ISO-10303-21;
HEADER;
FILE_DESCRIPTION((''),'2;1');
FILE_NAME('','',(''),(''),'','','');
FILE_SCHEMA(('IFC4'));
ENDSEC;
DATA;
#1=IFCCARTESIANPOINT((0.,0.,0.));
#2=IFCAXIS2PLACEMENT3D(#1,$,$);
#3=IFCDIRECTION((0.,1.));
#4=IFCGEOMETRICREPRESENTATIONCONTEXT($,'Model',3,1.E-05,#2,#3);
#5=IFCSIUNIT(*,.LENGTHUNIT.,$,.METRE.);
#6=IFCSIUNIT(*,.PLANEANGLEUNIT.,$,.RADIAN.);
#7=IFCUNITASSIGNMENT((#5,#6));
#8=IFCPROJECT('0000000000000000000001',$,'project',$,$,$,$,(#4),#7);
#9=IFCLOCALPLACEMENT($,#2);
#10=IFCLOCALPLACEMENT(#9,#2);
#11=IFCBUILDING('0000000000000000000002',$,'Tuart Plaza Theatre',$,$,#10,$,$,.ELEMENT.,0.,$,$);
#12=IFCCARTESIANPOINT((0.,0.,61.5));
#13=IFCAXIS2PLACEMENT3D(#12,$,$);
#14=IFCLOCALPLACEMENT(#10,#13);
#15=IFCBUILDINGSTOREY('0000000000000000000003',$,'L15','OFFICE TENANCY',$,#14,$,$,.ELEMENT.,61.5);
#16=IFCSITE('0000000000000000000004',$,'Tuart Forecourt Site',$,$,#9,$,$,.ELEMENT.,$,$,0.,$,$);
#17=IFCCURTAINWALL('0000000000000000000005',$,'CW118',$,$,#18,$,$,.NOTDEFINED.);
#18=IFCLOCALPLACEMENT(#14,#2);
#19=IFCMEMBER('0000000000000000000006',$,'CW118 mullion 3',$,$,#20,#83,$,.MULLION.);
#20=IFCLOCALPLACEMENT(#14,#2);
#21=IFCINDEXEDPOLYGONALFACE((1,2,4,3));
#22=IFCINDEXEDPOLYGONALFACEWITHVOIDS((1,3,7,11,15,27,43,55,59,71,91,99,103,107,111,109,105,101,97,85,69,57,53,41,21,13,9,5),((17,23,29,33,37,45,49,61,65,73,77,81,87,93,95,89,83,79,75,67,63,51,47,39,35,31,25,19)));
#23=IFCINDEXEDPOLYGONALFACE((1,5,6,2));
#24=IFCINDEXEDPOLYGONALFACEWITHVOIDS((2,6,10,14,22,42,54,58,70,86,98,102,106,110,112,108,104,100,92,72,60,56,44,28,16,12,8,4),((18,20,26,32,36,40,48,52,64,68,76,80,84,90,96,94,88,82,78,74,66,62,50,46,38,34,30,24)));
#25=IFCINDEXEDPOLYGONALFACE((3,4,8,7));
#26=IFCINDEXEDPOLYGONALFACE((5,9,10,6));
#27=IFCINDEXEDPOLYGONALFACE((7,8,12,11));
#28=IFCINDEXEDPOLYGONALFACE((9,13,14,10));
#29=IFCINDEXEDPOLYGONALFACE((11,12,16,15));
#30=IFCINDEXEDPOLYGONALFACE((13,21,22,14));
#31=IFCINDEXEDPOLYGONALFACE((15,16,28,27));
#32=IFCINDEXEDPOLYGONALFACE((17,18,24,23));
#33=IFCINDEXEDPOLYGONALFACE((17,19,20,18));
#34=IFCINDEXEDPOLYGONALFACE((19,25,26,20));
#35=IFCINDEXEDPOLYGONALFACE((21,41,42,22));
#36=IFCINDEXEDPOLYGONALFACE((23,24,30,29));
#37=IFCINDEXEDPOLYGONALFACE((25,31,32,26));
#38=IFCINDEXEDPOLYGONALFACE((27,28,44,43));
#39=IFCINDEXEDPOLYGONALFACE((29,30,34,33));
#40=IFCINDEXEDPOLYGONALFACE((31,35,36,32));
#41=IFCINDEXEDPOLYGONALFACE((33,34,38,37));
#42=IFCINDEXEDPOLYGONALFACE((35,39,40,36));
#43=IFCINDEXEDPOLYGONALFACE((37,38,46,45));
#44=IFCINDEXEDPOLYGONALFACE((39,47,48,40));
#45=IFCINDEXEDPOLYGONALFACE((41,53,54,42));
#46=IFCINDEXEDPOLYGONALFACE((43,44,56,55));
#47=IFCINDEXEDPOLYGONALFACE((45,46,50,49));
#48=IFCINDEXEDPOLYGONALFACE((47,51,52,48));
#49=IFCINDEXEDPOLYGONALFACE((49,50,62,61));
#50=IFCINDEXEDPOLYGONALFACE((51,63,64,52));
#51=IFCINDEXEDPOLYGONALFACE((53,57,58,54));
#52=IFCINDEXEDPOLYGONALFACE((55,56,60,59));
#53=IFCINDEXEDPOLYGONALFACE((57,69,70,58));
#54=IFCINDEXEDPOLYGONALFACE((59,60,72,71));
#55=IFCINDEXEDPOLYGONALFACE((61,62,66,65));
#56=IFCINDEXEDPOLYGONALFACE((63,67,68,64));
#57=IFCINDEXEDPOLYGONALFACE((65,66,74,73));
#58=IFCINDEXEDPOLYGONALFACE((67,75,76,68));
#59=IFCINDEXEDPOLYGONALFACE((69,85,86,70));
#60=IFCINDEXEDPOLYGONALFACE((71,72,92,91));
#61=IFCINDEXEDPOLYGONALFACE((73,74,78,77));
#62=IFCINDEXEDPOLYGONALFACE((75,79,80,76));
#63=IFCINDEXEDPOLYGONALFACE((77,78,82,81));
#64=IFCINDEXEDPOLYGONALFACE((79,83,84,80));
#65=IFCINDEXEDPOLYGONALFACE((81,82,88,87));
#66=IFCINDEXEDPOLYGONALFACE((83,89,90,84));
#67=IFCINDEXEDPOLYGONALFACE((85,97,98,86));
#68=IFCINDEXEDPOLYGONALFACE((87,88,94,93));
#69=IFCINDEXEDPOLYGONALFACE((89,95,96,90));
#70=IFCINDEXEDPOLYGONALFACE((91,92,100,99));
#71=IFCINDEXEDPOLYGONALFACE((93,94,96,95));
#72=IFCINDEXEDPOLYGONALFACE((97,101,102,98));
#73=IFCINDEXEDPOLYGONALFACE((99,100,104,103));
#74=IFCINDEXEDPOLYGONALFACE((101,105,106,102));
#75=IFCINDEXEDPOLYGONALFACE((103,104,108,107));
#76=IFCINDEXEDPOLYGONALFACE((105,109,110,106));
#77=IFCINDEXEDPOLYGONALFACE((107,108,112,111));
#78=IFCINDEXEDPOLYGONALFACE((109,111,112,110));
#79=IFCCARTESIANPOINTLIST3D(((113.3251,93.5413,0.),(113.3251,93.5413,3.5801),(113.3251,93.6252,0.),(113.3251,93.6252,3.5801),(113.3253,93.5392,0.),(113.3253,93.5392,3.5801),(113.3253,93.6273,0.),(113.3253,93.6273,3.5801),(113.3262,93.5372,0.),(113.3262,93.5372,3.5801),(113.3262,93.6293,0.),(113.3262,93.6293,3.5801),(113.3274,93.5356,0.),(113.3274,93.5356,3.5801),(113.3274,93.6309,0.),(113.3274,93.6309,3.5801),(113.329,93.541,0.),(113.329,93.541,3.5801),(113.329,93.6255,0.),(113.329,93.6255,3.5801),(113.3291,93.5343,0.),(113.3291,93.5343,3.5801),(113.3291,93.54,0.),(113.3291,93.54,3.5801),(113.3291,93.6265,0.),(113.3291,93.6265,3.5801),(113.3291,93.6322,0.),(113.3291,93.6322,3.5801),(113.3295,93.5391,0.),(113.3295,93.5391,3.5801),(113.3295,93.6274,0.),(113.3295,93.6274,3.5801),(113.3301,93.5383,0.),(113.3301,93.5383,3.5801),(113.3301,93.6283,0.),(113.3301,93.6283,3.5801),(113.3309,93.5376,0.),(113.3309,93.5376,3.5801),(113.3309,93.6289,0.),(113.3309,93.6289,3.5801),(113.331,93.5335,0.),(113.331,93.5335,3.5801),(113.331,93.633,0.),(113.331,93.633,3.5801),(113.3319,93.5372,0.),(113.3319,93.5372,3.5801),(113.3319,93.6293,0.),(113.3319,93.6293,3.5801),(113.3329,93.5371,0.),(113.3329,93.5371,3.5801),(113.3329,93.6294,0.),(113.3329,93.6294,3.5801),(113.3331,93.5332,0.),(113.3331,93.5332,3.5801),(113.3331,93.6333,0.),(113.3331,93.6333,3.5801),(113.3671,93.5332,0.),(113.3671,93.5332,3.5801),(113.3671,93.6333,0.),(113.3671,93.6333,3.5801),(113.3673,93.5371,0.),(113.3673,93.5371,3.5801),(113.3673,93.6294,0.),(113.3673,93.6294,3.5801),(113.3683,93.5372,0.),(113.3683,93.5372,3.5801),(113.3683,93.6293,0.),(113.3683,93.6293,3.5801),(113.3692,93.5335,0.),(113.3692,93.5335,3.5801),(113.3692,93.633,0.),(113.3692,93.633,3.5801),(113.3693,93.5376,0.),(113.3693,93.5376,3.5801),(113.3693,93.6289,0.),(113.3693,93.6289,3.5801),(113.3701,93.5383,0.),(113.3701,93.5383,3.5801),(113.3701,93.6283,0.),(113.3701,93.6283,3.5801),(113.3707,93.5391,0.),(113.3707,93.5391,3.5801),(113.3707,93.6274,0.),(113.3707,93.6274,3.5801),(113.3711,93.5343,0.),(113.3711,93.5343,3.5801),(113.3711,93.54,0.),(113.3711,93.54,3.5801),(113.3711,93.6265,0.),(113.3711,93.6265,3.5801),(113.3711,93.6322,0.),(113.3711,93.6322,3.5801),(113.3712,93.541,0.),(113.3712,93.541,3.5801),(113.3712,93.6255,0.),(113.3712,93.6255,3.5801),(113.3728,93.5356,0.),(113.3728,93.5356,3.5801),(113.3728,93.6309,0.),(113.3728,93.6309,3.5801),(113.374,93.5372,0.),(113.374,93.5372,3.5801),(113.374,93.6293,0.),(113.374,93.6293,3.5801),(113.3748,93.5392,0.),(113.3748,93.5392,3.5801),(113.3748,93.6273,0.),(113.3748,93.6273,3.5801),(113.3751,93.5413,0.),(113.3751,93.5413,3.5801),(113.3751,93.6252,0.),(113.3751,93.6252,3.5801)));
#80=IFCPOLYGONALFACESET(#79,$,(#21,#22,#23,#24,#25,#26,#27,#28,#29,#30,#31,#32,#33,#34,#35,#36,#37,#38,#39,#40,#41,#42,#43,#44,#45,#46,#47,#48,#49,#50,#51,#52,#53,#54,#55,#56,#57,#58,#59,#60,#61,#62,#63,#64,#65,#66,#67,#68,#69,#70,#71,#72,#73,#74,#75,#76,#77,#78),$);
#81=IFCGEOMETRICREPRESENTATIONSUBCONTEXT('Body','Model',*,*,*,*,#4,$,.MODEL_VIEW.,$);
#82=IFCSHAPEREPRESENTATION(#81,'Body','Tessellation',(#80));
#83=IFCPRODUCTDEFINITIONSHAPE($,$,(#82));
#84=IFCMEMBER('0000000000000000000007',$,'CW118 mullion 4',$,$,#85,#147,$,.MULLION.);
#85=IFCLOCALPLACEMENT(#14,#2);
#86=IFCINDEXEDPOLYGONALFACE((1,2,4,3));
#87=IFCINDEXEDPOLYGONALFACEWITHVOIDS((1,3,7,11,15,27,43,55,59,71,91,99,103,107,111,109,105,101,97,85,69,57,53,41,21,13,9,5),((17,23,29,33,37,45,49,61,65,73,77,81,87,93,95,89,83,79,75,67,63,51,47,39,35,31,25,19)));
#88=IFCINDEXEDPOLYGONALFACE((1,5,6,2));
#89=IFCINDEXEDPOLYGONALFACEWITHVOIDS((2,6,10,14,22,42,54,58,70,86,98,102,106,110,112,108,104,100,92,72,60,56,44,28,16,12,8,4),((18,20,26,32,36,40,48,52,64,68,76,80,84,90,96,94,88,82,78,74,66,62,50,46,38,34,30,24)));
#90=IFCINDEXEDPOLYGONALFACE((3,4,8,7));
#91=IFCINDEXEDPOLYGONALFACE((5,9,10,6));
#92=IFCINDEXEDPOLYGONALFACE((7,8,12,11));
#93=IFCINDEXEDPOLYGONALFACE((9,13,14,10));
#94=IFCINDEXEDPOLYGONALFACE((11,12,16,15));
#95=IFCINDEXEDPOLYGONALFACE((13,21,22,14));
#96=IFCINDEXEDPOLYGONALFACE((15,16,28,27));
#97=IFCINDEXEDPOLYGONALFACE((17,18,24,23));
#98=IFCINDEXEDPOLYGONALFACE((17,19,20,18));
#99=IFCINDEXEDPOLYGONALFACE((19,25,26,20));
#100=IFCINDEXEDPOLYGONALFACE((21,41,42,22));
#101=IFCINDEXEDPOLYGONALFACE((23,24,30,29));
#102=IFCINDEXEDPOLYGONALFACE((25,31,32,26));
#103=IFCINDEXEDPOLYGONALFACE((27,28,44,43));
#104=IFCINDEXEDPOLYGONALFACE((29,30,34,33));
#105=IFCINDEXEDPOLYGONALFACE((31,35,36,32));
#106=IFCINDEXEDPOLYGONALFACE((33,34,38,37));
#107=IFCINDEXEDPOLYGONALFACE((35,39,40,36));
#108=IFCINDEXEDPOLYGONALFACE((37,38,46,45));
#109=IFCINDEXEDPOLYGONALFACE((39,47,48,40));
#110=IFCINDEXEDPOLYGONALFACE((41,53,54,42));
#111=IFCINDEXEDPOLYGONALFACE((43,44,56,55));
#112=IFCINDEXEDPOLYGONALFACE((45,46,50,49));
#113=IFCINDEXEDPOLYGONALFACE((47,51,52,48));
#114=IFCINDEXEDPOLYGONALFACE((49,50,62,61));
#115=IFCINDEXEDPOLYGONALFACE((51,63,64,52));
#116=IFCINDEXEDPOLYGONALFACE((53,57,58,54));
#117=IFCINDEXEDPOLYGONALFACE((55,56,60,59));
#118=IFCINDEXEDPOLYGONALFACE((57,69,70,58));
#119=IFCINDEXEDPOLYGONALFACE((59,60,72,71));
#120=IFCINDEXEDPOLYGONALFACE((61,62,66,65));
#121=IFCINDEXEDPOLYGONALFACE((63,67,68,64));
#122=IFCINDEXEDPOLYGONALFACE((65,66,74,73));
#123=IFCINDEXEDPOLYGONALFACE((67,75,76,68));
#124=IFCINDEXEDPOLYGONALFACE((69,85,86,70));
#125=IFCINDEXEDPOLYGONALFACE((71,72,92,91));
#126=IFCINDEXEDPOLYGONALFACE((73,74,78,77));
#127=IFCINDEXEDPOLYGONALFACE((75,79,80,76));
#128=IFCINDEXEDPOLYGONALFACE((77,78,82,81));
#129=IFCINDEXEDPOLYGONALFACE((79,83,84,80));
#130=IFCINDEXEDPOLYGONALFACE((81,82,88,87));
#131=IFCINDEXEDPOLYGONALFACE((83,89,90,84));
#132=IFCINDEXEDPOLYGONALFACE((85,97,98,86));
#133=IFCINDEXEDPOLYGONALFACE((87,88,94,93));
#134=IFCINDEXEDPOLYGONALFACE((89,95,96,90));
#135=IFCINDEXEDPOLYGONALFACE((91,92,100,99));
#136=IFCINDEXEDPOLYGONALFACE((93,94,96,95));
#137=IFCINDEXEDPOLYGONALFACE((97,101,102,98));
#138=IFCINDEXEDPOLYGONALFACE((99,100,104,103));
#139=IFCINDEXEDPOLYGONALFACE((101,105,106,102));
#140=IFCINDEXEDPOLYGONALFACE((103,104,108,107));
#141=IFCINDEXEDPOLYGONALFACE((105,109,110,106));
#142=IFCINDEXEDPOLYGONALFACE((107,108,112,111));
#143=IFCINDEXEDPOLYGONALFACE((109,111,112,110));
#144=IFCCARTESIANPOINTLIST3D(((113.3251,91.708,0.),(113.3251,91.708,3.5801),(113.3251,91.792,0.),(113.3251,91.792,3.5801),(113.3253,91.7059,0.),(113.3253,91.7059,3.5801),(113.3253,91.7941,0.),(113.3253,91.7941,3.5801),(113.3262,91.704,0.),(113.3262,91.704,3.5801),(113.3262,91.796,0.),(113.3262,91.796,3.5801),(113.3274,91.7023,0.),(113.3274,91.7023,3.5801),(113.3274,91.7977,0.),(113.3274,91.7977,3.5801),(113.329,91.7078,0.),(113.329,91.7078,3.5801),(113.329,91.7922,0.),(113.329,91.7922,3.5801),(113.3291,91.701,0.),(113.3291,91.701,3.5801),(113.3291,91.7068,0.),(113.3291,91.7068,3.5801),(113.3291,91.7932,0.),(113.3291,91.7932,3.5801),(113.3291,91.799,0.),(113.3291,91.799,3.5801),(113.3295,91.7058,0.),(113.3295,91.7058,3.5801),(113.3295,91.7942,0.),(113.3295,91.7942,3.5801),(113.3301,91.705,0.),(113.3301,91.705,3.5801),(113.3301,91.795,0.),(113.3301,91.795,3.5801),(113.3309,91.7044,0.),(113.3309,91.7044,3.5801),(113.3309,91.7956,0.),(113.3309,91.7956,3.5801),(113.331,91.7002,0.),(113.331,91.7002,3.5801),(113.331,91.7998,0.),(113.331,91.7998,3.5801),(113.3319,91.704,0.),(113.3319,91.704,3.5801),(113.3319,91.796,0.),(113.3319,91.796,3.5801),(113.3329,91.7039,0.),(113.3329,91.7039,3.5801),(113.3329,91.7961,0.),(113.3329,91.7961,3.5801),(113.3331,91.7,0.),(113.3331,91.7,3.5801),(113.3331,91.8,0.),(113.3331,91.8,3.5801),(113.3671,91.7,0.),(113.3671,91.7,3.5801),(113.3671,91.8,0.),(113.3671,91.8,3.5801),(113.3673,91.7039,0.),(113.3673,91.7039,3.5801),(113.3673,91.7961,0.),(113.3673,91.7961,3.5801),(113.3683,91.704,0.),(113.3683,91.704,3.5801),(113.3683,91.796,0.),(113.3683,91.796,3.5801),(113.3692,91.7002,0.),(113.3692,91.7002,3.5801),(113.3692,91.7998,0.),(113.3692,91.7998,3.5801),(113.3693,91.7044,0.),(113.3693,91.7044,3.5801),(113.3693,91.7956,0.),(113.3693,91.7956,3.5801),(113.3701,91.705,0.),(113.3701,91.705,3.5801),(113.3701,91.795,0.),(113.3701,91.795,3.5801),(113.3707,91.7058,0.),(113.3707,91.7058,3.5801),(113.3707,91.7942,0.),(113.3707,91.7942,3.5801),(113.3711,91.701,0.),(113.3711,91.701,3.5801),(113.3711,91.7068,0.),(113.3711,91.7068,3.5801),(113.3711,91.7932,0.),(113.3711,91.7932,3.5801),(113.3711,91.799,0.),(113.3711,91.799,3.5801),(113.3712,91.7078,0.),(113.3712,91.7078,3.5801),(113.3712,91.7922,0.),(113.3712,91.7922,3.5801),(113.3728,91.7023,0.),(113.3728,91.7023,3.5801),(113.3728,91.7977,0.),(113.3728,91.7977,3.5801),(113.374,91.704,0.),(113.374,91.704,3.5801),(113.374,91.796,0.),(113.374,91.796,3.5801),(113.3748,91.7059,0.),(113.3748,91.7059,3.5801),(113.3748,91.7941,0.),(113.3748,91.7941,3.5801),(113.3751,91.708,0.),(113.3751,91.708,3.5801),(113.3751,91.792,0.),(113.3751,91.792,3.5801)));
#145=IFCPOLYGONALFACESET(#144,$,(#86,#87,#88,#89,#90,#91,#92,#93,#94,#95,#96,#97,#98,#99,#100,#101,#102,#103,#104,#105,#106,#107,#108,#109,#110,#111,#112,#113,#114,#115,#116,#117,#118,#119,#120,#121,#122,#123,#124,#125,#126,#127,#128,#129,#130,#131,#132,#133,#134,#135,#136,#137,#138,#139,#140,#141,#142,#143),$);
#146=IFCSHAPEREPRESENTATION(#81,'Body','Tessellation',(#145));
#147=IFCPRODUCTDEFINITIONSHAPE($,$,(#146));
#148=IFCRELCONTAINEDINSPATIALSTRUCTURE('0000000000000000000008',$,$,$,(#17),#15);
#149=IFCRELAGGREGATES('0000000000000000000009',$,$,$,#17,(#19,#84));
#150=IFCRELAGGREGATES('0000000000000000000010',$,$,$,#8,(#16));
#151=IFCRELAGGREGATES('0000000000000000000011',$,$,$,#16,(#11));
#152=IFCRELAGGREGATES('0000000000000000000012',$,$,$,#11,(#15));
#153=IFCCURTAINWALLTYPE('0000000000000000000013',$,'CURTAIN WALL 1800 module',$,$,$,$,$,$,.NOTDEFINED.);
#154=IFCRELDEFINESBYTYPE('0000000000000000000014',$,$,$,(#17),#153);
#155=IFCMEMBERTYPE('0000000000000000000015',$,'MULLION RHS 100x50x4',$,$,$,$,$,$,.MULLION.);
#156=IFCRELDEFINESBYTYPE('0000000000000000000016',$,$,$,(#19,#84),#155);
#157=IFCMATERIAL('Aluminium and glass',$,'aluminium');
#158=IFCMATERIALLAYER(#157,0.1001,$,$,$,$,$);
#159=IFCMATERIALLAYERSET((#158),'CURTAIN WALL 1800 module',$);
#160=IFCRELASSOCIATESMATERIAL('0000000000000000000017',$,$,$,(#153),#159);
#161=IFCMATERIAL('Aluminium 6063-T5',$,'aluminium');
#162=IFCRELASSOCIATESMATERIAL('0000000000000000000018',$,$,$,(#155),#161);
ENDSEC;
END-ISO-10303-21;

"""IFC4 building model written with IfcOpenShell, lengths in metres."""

from ifc_helpers import new_model, si_unit, direction, frame, origin, origin_2d, place, context, subcontext, project, spatial, hollow_rectangle, extrude, material, layer, layer_set, material_profile, profile_set, type_object, element, aggregate, save


model = new_model("IFC4")

# Units and contexts
model_context = context("Model", 3, precision=1e-05, world=origin(), true_north=direction((0.0, 1.0)))
body_context = subcontext(model_context, "Body", "Model", "MODEL_VIEW")
ifc_project = project(units=[si_unit("LENGTHUNIT", "METRE"), si_unit("PLANEANGLEUNIT", "RADIAN")], contexts=[model_context])

# Site, building, storey
site_placement = place(None, origin())
site = spatial("IfcSite", under=ifc_project, at=site_placement, Name="Tuart Forecourt Site", CompositionType="ELEMENT", RefElevation=0.0)
building_placement = place(site_placement, origin())
building = spatial("IfcBuilding", under=site, at=building_placement, Name="Tuart Plaza Theatre", CompositionType="ELEMENT", ElevationOfRefHeight=0.0)
storey_placement = place(building_placement, frame((0.0, 0.0, 61.5)))
storey = spatial("IfcBuildingStorey", under=building, at=storey_placement, Name="L15", Description="OFFICE TENANCY", CompositionType="ELEMENT", Elevation=61.5)

# Curtain wall, members
ifc_material_1 = material(Name="Aluminium and glass", Category="aluminium")
ifc_layer_1 = layer(ifc_material_1, 0.1001)
ifc_layer_set_1 = layer_set([ifc_layer_1], Name="CURTAIN WALL 1800 module")
curtain_wall_type = type_object("IfcCurtainWallType", Name="CURTAIN WALL 1800 module", PredefinedType="NOTDEFINED", material=ifc_layer_set_1)
curtain_wall_placement = place(storey_placement, origin())
curtain_wall = element("IfcCurtainWall", 1, at=curtain_wall_placement, inside=storey, type_object=curtain_wall_type, Name="CW118", PredefinedType="NOTDEFINED")
ifc_material_2 = material(Name="Aluminium 6063-T5", Category="aluminium")
ifc_material_profile = material_profile(ifc_material_2, hollow_rectangle(XDim=0.05, YDim=0.1001, WallThickness=0.0039, InnerFilletRadius=0.0039, OuterFilletRadius=0.0081, at=origin_2d()), Name="RHS 100x50x4")
ifc_profile_set = profile_set([ifc_material_profile], Name="Aluminium 6063-T5")
member_type = type_object("IfcMemberType", Name="MULLION RHS 100x50x4", PredefinedType="MULLION", material=ifc_profile_set)
member_1_placement = place(storey_placement, frame((113.3501, 93.5833, 0.0), z_axis=(0.0, 0.0, 1.0), x_axis=(1.0, 0.0, 0.0)))
member_1 = element("IfcMember", 2, at=member_1_placement, type_object=member_type, Name="CW118 mullion 3", PredefinedType="MULLION", context=body_context, shape_type="SweptSolid", body=[
    extrude(hollow_rectangle(XDim=0.05, YDim=0.1001, WallThickness=0.0039, InnerFilletRadius=0.0039, OuterFilletRadius=0.0081, at=origin_2d()), origin(), (0.0, 0.0, 1.0), 3.5801),
])
member_2_placement = place(storey_placement, frame((113.3501, 91.75, 0.0), z_axis=(0.0, 0.0, 1.0), x_axis=(1.0, 0.0, 0.0)))
member_2 = element("IfcMember", 3, at=member_2_placement, type_object=member_type, Name="CW118 mullion 4", PredefinedType="MULLION", context=body_context, shape_type="SweptSolid", body=[
    extrude(hollow_rectangle(XDim=0.05, YDim=0.1001, WallThickness=0.0039, InnerFilletRadius=0.0039, OuterFilletRadius=0.0081, at=origin_2d()), origin(), (0.0, 0.0, 1.0), 3.5801),
])
aggregate(curtain_wall, [member_1, member_2])

save(model, "model.ifc")
